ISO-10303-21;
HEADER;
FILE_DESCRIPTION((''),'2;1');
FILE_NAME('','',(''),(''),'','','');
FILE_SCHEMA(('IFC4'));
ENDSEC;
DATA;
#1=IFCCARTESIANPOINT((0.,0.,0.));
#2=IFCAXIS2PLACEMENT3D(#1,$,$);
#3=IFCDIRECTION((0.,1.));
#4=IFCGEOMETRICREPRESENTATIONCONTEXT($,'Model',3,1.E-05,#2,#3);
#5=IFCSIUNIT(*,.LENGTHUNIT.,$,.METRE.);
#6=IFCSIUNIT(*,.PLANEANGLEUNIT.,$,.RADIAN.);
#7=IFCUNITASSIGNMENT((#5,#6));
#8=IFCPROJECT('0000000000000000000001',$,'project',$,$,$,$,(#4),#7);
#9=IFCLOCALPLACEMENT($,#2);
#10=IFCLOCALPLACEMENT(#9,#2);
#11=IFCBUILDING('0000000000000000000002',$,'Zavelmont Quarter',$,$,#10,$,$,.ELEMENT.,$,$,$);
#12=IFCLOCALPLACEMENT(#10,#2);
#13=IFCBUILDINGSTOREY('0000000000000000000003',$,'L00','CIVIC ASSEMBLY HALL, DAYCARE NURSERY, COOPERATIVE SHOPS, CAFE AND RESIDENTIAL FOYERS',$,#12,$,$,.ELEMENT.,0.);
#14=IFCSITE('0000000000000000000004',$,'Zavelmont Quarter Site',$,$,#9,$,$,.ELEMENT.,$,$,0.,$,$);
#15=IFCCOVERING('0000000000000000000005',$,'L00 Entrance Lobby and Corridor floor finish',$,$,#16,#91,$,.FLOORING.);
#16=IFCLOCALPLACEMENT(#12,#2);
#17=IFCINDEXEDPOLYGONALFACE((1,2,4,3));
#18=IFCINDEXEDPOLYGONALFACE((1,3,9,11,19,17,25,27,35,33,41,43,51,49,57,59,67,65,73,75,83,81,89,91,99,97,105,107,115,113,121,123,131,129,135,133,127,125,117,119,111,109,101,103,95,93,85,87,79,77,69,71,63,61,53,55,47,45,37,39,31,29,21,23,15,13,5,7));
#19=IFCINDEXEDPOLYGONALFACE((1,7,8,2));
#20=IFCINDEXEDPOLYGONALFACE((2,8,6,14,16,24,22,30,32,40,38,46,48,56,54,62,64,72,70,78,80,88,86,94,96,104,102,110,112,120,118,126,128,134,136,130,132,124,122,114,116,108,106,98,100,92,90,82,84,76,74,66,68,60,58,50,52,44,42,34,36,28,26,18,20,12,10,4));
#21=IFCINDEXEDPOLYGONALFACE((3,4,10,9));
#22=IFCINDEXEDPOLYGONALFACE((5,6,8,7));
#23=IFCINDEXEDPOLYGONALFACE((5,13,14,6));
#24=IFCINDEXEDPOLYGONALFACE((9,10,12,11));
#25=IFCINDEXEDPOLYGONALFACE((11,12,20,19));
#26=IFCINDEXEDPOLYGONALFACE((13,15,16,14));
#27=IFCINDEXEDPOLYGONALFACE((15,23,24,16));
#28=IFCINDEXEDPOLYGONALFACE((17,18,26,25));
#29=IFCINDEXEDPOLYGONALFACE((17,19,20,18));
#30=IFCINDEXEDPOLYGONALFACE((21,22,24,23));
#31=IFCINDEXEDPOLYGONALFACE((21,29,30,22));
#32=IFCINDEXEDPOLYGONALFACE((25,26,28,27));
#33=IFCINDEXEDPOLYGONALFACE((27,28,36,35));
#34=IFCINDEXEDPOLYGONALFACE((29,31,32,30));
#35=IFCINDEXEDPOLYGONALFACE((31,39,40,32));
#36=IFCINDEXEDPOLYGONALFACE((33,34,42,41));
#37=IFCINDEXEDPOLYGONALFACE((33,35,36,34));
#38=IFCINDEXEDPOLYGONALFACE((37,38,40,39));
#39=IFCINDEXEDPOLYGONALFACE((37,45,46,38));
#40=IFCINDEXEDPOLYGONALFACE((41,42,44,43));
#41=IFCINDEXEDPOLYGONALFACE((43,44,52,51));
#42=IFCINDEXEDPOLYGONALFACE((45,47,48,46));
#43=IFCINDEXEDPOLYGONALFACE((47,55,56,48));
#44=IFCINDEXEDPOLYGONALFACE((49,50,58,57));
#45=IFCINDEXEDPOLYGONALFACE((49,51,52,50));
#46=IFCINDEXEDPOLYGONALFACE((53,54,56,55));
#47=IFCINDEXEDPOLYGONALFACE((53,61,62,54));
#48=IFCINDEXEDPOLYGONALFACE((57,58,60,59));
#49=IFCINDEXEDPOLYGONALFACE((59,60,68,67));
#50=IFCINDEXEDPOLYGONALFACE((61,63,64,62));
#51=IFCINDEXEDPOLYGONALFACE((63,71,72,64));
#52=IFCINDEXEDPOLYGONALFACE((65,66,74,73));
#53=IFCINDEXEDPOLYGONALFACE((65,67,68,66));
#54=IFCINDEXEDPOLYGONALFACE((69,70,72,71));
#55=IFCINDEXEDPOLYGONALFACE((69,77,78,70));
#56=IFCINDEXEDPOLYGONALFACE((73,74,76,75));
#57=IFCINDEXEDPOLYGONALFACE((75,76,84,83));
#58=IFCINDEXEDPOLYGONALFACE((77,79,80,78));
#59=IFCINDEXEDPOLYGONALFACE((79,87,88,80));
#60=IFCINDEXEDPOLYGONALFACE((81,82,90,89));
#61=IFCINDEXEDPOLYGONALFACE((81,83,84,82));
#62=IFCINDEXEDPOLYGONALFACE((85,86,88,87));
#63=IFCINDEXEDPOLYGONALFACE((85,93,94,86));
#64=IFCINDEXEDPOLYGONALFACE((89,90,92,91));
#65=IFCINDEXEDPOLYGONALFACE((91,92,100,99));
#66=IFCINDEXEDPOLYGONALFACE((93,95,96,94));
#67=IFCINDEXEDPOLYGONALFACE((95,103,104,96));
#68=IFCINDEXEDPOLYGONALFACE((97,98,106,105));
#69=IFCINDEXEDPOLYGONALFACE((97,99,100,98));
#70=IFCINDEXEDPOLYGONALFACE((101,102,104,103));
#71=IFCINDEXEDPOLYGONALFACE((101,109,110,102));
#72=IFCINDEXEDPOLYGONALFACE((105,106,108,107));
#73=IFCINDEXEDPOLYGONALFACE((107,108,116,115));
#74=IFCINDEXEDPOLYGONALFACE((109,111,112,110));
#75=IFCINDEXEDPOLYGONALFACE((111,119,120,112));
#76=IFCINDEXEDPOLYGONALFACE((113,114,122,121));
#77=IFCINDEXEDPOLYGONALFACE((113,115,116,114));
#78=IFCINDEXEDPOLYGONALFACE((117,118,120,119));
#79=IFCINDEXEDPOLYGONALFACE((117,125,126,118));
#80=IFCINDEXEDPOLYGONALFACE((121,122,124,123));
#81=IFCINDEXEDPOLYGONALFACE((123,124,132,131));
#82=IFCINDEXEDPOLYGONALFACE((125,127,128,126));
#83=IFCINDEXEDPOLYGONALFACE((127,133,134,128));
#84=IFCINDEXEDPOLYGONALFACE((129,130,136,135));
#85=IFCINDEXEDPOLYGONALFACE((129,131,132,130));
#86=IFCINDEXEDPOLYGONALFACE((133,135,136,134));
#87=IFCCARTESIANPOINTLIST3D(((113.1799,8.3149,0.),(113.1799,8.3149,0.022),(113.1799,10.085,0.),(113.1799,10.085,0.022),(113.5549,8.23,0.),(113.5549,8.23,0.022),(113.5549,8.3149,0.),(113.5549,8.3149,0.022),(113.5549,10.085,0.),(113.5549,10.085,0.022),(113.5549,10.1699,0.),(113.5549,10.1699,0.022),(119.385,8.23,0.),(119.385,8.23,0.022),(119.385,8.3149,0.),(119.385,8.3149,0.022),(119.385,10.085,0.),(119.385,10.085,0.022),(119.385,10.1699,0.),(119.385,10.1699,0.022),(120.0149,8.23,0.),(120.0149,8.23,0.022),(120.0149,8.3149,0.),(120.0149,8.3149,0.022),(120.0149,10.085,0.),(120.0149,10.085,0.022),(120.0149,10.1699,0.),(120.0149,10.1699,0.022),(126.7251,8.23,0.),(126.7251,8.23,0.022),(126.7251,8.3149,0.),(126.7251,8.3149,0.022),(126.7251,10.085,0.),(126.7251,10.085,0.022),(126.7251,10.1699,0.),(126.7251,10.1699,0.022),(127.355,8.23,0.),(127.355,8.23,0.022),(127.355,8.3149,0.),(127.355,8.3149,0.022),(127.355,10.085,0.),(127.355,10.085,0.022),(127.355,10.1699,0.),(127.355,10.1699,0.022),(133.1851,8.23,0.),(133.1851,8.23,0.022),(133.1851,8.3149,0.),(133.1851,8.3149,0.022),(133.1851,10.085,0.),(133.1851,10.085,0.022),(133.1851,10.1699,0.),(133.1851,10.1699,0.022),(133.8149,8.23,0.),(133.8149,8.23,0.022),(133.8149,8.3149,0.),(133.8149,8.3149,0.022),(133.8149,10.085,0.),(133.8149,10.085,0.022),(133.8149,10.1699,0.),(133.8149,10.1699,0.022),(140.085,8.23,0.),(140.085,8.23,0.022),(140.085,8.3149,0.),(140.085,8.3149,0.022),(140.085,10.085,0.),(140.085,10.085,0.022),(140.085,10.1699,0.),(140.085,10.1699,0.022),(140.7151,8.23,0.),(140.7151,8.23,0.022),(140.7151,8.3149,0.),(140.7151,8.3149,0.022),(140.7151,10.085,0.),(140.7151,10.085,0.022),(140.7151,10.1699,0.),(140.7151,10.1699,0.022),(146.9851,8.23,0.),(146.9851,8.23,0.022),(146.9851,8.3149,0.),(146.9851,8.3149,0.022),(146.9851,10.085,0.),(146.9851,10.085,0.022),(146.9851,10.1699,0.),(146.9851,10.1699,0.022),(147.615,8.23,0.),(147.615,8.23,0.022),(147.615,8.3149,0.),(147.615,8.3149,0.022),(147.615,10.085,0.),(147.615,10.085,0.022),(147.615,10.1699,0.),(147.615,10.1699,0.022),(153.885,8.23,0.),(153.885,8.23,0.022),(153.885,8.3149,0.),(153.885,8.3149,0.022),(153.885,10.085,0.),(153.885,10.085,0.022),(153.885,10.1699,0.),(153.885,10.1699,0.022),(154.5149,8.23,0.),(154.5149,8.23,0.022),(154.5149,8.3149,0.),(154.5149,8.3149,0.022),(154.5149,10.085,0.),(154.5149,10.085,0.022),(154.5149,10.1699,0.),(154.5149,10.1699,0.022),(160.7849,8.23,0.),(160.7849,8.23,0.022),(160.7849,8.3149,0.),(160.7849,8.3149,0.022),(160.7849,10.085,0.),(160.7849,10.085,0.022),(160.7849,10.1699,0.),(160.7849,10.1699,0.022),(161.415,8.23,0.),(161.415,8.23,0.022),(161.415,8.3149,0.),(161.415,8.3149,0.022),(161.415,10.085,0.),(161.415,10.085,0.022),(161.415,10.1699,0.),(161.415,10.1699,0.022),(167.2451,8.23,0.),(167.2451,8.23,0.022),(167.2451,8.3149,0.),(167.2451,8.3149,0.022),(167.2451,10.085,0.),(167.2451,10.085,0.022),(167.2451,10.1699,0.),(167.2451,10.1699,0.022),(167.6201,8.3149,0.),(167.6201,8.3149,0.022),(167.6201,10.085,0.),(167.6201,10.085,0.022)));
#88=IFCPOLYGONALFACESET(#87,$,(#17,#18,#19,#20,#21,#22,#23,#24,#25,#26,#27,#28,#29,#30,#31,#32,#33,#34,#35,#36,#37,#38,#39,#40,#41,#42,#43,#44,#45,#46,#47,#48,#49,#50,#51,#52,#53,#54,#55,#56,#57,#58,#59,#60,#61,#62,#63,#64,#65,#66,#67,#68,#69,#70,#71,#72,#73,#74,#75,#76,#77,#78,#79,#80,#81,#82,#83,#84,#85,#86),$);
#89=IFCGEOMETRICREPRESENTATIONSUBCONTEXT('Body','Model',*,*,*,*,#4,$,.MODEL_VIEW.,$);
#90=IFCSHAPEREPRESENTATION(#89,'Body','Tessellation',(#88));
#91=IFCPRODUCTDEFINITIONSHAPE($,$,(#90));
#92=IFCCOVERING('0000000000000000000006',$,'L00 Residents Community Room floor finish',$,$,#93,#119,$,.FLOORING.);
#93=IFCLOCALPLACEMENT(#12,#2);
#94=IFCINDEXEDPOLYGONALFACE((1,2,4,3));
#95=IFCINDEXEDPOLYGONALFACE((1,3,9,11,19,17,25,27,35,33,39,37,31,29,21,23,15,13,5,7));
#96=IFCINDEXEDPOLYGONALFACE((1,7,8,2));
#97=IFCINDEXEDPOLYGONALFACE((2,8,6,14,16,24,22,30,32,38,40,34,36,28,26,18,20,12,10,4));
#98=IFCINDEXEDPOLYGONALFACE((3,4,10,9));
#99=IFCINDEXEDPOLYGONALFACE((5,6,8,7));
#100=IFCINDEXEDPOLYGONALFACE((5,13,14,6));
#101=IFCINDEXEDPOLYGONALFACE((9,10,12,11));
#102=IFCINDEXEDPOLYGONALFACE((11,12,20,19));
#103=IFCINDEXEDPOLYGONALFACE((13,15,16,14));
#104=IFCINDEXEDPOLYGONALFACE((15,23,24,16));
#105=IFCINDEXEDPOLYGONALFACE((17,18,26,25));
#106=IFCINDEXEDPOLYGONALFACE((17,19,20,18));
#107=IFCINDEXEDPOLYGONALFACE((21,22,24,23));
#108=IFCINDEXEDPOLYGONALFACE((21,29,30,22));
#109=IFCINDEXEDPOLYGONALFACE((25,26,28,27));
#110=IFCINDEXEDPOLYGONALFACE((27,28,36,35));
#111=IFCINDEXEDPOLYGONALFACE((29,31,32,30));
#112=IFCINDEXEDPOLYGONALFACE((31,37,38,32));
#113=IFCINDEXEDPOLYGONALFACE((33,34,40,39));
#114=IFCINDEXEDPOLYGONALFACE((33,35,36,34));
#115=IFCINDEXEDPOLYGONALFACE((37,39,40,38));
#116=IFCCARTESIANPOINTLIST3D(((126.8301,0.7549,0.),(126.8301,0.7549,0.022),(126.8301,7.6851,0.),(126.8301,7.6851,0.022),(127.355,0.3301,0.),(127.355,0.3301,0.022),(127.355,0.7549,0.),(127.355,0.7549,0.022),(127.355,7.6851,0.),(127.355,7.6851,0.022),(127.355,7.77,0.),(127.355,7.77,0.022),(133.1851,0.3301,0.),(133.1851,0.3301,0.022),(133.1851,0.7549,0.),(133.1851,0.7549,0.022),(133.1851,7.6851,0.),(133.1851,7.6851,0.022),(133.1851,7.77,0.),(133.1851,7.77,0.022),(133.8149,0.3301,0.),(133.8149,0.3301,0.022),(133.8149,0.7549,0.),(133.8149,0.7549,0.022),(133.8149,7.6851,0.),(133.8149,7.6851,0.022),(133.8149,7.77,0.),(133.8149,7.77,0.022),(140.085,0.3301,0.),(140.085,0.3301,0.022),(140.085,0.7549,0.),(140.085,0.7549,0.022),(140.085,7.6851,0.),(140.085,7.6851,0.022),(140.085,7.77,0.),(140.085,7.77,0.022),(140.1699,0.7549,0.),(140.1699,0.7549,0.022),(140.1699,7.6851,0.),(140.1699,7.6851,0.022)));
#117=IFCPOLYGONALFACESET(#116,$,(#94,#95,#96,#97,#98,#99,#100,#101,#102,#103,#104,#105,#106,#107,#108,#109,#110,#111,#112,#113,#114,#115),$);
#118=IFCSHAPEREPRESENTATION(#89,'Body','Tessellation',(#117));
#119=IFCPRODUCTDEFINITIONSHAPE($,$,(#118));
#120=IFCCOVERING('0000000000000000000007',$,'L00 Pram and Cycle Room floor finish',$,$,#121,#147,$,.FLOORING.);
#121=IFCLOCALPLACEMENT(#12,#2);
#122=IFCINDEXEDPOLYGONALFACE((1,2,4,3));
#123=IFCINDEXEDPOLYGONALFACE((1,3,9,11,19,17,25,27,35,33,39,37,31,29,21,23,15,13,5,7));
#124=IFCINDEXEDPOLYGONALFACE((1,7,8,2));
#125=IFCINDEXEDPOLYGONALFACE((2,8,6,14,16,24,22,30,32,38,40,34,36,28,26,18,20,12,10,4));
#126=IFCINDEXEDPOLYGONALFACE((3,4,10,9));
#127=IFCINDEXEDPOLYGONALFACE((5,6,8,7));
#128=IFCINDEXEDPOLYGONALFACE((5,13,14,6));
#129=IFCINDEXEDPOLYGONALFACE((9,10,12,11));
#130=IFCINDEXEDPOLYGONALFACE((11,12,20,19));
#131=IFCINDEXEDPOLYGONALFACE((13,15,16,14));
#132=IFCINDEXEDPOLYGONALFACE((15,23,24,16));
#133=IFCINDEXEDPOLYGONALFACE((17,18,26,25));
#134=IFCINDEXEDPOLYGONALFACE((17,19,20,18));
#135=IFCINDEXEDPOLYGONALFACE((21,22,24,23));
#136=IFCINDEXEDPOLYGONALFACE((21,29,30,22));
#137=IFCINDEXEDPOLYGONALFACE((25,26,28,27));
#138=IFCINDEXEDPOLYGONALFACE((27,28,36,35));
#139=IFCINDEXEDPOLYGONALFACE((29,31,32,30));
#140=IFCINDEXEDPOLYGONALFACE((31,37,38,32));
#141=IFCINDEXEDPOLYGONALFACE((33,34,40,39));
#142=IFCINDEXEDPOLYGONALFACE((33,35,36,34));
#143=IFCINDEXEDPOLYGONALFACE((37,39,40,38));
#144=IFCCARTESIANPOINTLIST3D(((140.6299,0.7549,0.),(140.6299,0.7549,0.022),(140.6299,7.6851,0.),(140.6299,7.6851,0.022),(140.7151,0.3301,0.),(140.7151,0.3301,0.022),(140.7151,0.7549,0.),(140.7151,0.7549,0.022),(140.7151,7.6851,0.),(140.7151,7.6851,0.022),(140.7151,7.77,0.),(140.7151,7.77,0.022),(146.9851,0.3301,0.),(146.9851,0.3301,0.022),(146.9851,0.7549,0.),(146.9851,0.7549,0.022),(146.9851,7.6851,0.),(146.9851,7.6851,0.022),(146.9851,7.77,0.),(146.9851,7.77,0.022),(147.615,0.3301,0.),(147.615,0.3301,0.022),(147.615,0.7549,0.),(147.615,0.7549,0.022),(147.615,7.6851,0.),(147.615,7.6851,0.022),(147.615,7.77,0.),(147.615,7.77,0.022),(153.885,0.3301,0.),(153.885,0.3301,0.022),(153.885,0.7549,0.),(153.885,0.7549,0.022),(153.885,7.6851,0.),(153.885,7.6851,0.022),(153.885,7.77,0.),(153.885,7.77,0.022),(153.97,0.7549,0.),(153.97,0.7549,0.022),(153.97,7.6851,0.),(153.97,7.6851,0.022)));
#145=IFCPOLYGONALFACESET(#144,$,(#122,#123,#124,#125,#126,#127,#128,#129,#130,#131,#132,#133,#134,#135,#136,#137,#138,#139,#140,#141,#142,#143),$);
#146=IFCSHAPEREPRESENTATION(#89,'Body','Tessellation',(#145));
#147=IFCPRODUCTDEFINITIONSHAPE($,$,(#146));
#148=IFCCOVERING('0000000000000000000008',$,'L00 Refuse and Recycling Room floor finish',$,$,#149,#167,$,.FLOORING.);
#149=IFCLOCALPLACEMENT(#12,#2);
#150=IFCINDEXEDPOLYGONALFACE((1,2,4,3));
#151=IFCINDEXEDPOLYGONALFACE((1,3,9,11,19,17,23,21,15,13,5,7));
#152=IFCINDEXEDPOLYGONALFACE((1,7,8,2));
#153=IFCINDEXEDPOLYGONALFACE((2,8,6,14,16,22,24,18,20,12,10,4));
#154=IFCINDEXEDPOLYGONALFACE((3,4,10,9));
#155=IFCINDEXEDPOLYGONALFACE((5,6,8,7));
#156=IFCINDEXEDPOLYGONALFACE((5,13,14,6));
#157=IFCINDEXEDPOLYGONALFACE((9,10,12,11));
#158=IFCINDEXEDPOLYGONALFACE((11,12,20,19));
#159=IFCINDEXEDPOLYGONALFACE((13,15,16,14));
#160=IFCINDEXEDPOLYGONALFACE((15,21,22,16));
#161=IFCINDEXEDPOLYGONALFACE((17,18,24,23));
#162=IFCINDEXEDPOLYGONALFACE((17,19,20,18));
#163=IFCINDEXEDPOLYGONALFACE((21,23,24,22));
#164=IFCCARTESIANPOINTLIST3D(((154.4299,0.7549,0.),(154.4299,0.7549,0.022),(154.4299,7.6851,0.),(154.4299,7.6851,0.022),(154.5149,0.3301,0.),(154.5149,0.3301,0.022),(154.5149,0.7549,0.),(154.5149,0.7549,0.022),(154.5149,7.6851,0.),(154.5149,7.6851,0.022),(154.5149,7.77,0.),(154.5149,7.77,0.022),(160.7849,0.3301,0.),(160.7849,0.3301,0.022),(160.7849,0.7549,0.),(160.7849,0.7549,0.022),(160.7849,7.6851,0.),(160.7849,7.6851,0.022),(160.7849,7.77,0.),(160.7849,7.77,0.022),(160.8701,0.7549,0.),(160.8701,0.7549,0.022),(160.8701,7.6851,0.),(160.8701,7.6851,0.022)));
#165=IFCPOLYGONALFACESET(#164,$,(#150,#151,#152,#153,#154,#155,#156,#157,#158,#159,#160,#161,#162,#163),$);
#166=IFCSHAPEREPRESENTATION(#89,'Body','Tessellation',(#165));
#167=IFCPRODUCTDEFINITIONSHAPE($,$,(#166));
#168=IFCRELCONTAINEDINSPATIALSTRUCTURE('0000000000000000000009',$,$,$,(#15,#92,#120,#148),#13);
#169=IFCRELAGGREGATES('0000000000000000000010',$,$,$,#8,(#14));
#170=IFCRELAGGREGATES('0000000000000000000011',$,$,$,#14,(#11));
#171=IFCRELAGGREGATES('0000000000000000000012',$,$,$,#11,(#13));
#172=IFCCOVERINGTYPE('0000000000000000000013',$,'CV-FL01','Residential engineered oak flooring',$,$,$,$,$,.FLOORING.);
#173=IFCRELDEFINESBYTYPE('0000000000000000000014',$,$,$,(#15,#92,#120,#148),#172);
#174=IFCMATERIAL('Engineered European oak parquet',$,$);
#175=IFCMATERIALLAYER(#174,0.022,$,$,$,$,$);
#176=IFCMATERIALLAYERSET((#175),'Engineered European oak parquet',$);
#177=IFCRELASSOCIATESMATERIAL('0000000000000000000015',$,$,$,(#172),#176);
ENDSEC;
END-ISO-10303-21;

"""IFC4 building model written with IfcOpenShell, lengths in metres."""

from ifc_helpers import new_model, si_unit, direction, origin, place, context, subcontext, project, spatial, polyline, outline, extrude, material, layer, layer_set, type_object, element, save


model = new_model("IFC4")

# Units and contexts
model_context = context("Model", 3, precision=1e-05, world=origin(), true_north=direction((0.0, 1.0)))
body_context = subcontext(model_context, "Body", "Model", "MODEL_VIEW")
ifc_project = project(units=[si_unit("LENGTHUNIT", "METRE"), si_unit("PLANEANGLEUNIT", "RADIAN")], contexts=[model_context])

# Site, building, storey
site_placement = place(None, origin())
site = spatial("IfcSite", under=ifc_project, at=site_placement, Name="Zavelmont Quarter Site", CompositionType="ELEMENT", RefElevation=0.0)
building_placement = place(site_placement, origin())
building = spatial("IfcBuilding", under=site, at=building_placement, Name="Zavelmont Quarter", CompositionType="ELEMENT")
storey_placement = place(building_placement, origin())
storey = spatial("IfcBuildingStorey", under=building, at=storey_placement, Name="L00", Description="CIVIC ASSEMBLY HALL, DAYCARE NURSERY, COOPERATIVE SHOPS, CAFE AND RESIDENTIAL FOYERS", CompositionType="ELEMENT", Elevation=0.0)

# Coverings
ifc_material_1 = material(Name="Engineered European oak parquet")
ifc_layer_1 = layer(ifc_material_1, 0.022)
ifc_layer_set_1 = layer_set([ifc_layer_1], Name="Engineered European oak parquet")
covering_type_1 = type_object("IfcCoveringType", Name="CV-FL01", Description="Residential engineered oak flooring", PredefinedType="FLOORING", material=ifc_layer_set_1)
covering_1_placement = place(storey_placement, origin())
element("IfcCovering", 1, at=covering_1_placement, inside=storey, type_object=covering_type_1, Name="L00 Entrance Lobby and Corridor floor finish", PredefinedType="FLOORING", context=body_context, shape_type="SweptSolid", body=[
    extrude(outline(polyline([(113.1799, 10.085), (113.5549, 10.085), (113.5549, 10.1699), (119.385, 10.1699), (119.385, 10.085), (120.0149, 10.085), (120.0149, 10.1699), (126.7251, 10.1699), (126.7251, 10.085), (127.355, 10.085), (127.355, 10.1699), (133.1851, 10.1699), (133.1851, 10.085), (133.8149, 10.085), (133.8149, 10.1699), (140.085, 10.1699), (140.085, 10.085), (140.7151, 10.085), (140.7151, 10.1699), (146.9851, 10.1699), (146.9851, 10.085), (147.615, 10.085), (147.615, 10.1699), (153.885, 10.1699), (153.885, 10.085), (154.5149, 10.085), (154.5149, 10.1699), (160.7849, 10.1699), (160.7849, 10.085), (161.415, 10.085), (161.415, 10.1699), (167.2451, 10.1699), (167.2451, 10.085), (167.6201, 10.085), (167.6201, 8.3149), (167.2451, 8.3149), (167.2451, 8.23), (161.415, 8.23), (161.415, 8.3149), (160.7849, 8.3149), (160.7849, 8.23), (154.5149, 8.23), (154.5149, 8.3149), (153.885, 8.3149), (153.885, 8.23), (147.615, 8.23), (147.615, 8.3149), (146.9851, 8.3149), (146.9851, 8.23), (140.7151, 8.23), (140.7151, 8.3149), (140.085, 8.3149), (140.085, 8.23), (133.8149, 8.23), (133.8149, 8.3149), (133.1851, 8.3149), (133.1851, 8.23), (127.355, 8.23), (127.355, 8.3149), (126.7251, 8.3149), (126.7251, 8.23), (120.0149, 8.23), (120.0149, 8.3149), (119.385, 8.3149), (119.385, 8.23), (113.5549, 8.23), (113.5549, 8.3149), (113.1799, 8.3149), (113.1799, 10.085)])), origin(), (0.0, 0.0, 1.0), 0.022),
])
covering_2_placement = place(storey_placement, origin())
element("IfcCovering", 2, at=covering_2_placement, inside=storey, type_object=covering_type_1, Name="L00 Residents Community Room floor finish", PredefinedType="FLOORING", context=body_context, shape_type="SweptSolid", body=[
    extrude(outline(polyline([(126.8301, 7.6851), (127.355, 7.6851), (127.355, 7.77), (133.1851, 7.77), (133.1851, 7.6851), (133.8149, 7.6851), (133.8149, 7.77), (140.085, 7.77), (140.085, 7.6851), (140.1699, 7.6851), (140.1699, 0.7549), (140.085, 0.7549), (140.085, 0.3301), (133.8149, 0.3301), (133.8149, 0.7549), (133.1851, 0.7549), (133.1851, 0.3301), (127.355, 0.3301), (127.355, 0.7549), (126.8301, 0.7549), (126.8301, 7.6851)])), origin(), (0.0, 0.0, 1.0), 0.022),
])
covering_3_placement = place(storey_placement, origin())
element("IfcCovering", 3, at=covering_3_placement, inside=storey, type_object=covering_type_1, Name="L00 Pram and Cycle Room floor finish", PredefinedType="FLOORING", context=body_context, shape_type="SweptSolid", body=[
    extrude(outline(polyline([(140.6299, 7.6851), (140.7151, 7.6851), (140.7151, 7.77), (146.9851, 7.77), (146.9851, 7.6851), (147.615, 7.6851), (147.615, 7.77), (153.885, 7.77), (153.885, 7.6851), (153.97, 7.6851), (153.97, 0.7549), (153.885, 0.7549), (153.885, 0.3301), (147.615, 0.3301), (147.615, 0.7549), (146.9851, 0.7549), (146.9851, 0.3301), (140.7151, 0.3301), (140.7151, 0.7549), (140.6299, 0.7549), (140.6299, 7.6851)])), origin(), (0.0, 0.0, 1.0), 0.022),
])
covering_4_placement = place(storey_placement, origin())
element("IfcCovering", 4, at=covering_4_placement, inside=storey, type_object=covering_type_1, Name="L00 Refuse and Recycling Room floor finish", PredefinedType="FLOORING", context=body_context, shape_type="SweptSolid", body=[
    extrude(outline(polyline([(154.4299, 7.6851), (154.5149, 7.6851), (154.5149, 7.77), (160.7849, 7.77), (160.7849, 7.6851), (160.8701, 7.6851), (160.8701, 0.7549), (160.7849, 0.7549), (160.7849, 0.3301), (154.5149, 0.3301), (154.5149, 0.7549), (154.4299, 0.7549), (154.4299, 7.6851)])), origin(), (0.0, 0.0, 1.0), 0.022),
])

save(model, "model.ifc")
